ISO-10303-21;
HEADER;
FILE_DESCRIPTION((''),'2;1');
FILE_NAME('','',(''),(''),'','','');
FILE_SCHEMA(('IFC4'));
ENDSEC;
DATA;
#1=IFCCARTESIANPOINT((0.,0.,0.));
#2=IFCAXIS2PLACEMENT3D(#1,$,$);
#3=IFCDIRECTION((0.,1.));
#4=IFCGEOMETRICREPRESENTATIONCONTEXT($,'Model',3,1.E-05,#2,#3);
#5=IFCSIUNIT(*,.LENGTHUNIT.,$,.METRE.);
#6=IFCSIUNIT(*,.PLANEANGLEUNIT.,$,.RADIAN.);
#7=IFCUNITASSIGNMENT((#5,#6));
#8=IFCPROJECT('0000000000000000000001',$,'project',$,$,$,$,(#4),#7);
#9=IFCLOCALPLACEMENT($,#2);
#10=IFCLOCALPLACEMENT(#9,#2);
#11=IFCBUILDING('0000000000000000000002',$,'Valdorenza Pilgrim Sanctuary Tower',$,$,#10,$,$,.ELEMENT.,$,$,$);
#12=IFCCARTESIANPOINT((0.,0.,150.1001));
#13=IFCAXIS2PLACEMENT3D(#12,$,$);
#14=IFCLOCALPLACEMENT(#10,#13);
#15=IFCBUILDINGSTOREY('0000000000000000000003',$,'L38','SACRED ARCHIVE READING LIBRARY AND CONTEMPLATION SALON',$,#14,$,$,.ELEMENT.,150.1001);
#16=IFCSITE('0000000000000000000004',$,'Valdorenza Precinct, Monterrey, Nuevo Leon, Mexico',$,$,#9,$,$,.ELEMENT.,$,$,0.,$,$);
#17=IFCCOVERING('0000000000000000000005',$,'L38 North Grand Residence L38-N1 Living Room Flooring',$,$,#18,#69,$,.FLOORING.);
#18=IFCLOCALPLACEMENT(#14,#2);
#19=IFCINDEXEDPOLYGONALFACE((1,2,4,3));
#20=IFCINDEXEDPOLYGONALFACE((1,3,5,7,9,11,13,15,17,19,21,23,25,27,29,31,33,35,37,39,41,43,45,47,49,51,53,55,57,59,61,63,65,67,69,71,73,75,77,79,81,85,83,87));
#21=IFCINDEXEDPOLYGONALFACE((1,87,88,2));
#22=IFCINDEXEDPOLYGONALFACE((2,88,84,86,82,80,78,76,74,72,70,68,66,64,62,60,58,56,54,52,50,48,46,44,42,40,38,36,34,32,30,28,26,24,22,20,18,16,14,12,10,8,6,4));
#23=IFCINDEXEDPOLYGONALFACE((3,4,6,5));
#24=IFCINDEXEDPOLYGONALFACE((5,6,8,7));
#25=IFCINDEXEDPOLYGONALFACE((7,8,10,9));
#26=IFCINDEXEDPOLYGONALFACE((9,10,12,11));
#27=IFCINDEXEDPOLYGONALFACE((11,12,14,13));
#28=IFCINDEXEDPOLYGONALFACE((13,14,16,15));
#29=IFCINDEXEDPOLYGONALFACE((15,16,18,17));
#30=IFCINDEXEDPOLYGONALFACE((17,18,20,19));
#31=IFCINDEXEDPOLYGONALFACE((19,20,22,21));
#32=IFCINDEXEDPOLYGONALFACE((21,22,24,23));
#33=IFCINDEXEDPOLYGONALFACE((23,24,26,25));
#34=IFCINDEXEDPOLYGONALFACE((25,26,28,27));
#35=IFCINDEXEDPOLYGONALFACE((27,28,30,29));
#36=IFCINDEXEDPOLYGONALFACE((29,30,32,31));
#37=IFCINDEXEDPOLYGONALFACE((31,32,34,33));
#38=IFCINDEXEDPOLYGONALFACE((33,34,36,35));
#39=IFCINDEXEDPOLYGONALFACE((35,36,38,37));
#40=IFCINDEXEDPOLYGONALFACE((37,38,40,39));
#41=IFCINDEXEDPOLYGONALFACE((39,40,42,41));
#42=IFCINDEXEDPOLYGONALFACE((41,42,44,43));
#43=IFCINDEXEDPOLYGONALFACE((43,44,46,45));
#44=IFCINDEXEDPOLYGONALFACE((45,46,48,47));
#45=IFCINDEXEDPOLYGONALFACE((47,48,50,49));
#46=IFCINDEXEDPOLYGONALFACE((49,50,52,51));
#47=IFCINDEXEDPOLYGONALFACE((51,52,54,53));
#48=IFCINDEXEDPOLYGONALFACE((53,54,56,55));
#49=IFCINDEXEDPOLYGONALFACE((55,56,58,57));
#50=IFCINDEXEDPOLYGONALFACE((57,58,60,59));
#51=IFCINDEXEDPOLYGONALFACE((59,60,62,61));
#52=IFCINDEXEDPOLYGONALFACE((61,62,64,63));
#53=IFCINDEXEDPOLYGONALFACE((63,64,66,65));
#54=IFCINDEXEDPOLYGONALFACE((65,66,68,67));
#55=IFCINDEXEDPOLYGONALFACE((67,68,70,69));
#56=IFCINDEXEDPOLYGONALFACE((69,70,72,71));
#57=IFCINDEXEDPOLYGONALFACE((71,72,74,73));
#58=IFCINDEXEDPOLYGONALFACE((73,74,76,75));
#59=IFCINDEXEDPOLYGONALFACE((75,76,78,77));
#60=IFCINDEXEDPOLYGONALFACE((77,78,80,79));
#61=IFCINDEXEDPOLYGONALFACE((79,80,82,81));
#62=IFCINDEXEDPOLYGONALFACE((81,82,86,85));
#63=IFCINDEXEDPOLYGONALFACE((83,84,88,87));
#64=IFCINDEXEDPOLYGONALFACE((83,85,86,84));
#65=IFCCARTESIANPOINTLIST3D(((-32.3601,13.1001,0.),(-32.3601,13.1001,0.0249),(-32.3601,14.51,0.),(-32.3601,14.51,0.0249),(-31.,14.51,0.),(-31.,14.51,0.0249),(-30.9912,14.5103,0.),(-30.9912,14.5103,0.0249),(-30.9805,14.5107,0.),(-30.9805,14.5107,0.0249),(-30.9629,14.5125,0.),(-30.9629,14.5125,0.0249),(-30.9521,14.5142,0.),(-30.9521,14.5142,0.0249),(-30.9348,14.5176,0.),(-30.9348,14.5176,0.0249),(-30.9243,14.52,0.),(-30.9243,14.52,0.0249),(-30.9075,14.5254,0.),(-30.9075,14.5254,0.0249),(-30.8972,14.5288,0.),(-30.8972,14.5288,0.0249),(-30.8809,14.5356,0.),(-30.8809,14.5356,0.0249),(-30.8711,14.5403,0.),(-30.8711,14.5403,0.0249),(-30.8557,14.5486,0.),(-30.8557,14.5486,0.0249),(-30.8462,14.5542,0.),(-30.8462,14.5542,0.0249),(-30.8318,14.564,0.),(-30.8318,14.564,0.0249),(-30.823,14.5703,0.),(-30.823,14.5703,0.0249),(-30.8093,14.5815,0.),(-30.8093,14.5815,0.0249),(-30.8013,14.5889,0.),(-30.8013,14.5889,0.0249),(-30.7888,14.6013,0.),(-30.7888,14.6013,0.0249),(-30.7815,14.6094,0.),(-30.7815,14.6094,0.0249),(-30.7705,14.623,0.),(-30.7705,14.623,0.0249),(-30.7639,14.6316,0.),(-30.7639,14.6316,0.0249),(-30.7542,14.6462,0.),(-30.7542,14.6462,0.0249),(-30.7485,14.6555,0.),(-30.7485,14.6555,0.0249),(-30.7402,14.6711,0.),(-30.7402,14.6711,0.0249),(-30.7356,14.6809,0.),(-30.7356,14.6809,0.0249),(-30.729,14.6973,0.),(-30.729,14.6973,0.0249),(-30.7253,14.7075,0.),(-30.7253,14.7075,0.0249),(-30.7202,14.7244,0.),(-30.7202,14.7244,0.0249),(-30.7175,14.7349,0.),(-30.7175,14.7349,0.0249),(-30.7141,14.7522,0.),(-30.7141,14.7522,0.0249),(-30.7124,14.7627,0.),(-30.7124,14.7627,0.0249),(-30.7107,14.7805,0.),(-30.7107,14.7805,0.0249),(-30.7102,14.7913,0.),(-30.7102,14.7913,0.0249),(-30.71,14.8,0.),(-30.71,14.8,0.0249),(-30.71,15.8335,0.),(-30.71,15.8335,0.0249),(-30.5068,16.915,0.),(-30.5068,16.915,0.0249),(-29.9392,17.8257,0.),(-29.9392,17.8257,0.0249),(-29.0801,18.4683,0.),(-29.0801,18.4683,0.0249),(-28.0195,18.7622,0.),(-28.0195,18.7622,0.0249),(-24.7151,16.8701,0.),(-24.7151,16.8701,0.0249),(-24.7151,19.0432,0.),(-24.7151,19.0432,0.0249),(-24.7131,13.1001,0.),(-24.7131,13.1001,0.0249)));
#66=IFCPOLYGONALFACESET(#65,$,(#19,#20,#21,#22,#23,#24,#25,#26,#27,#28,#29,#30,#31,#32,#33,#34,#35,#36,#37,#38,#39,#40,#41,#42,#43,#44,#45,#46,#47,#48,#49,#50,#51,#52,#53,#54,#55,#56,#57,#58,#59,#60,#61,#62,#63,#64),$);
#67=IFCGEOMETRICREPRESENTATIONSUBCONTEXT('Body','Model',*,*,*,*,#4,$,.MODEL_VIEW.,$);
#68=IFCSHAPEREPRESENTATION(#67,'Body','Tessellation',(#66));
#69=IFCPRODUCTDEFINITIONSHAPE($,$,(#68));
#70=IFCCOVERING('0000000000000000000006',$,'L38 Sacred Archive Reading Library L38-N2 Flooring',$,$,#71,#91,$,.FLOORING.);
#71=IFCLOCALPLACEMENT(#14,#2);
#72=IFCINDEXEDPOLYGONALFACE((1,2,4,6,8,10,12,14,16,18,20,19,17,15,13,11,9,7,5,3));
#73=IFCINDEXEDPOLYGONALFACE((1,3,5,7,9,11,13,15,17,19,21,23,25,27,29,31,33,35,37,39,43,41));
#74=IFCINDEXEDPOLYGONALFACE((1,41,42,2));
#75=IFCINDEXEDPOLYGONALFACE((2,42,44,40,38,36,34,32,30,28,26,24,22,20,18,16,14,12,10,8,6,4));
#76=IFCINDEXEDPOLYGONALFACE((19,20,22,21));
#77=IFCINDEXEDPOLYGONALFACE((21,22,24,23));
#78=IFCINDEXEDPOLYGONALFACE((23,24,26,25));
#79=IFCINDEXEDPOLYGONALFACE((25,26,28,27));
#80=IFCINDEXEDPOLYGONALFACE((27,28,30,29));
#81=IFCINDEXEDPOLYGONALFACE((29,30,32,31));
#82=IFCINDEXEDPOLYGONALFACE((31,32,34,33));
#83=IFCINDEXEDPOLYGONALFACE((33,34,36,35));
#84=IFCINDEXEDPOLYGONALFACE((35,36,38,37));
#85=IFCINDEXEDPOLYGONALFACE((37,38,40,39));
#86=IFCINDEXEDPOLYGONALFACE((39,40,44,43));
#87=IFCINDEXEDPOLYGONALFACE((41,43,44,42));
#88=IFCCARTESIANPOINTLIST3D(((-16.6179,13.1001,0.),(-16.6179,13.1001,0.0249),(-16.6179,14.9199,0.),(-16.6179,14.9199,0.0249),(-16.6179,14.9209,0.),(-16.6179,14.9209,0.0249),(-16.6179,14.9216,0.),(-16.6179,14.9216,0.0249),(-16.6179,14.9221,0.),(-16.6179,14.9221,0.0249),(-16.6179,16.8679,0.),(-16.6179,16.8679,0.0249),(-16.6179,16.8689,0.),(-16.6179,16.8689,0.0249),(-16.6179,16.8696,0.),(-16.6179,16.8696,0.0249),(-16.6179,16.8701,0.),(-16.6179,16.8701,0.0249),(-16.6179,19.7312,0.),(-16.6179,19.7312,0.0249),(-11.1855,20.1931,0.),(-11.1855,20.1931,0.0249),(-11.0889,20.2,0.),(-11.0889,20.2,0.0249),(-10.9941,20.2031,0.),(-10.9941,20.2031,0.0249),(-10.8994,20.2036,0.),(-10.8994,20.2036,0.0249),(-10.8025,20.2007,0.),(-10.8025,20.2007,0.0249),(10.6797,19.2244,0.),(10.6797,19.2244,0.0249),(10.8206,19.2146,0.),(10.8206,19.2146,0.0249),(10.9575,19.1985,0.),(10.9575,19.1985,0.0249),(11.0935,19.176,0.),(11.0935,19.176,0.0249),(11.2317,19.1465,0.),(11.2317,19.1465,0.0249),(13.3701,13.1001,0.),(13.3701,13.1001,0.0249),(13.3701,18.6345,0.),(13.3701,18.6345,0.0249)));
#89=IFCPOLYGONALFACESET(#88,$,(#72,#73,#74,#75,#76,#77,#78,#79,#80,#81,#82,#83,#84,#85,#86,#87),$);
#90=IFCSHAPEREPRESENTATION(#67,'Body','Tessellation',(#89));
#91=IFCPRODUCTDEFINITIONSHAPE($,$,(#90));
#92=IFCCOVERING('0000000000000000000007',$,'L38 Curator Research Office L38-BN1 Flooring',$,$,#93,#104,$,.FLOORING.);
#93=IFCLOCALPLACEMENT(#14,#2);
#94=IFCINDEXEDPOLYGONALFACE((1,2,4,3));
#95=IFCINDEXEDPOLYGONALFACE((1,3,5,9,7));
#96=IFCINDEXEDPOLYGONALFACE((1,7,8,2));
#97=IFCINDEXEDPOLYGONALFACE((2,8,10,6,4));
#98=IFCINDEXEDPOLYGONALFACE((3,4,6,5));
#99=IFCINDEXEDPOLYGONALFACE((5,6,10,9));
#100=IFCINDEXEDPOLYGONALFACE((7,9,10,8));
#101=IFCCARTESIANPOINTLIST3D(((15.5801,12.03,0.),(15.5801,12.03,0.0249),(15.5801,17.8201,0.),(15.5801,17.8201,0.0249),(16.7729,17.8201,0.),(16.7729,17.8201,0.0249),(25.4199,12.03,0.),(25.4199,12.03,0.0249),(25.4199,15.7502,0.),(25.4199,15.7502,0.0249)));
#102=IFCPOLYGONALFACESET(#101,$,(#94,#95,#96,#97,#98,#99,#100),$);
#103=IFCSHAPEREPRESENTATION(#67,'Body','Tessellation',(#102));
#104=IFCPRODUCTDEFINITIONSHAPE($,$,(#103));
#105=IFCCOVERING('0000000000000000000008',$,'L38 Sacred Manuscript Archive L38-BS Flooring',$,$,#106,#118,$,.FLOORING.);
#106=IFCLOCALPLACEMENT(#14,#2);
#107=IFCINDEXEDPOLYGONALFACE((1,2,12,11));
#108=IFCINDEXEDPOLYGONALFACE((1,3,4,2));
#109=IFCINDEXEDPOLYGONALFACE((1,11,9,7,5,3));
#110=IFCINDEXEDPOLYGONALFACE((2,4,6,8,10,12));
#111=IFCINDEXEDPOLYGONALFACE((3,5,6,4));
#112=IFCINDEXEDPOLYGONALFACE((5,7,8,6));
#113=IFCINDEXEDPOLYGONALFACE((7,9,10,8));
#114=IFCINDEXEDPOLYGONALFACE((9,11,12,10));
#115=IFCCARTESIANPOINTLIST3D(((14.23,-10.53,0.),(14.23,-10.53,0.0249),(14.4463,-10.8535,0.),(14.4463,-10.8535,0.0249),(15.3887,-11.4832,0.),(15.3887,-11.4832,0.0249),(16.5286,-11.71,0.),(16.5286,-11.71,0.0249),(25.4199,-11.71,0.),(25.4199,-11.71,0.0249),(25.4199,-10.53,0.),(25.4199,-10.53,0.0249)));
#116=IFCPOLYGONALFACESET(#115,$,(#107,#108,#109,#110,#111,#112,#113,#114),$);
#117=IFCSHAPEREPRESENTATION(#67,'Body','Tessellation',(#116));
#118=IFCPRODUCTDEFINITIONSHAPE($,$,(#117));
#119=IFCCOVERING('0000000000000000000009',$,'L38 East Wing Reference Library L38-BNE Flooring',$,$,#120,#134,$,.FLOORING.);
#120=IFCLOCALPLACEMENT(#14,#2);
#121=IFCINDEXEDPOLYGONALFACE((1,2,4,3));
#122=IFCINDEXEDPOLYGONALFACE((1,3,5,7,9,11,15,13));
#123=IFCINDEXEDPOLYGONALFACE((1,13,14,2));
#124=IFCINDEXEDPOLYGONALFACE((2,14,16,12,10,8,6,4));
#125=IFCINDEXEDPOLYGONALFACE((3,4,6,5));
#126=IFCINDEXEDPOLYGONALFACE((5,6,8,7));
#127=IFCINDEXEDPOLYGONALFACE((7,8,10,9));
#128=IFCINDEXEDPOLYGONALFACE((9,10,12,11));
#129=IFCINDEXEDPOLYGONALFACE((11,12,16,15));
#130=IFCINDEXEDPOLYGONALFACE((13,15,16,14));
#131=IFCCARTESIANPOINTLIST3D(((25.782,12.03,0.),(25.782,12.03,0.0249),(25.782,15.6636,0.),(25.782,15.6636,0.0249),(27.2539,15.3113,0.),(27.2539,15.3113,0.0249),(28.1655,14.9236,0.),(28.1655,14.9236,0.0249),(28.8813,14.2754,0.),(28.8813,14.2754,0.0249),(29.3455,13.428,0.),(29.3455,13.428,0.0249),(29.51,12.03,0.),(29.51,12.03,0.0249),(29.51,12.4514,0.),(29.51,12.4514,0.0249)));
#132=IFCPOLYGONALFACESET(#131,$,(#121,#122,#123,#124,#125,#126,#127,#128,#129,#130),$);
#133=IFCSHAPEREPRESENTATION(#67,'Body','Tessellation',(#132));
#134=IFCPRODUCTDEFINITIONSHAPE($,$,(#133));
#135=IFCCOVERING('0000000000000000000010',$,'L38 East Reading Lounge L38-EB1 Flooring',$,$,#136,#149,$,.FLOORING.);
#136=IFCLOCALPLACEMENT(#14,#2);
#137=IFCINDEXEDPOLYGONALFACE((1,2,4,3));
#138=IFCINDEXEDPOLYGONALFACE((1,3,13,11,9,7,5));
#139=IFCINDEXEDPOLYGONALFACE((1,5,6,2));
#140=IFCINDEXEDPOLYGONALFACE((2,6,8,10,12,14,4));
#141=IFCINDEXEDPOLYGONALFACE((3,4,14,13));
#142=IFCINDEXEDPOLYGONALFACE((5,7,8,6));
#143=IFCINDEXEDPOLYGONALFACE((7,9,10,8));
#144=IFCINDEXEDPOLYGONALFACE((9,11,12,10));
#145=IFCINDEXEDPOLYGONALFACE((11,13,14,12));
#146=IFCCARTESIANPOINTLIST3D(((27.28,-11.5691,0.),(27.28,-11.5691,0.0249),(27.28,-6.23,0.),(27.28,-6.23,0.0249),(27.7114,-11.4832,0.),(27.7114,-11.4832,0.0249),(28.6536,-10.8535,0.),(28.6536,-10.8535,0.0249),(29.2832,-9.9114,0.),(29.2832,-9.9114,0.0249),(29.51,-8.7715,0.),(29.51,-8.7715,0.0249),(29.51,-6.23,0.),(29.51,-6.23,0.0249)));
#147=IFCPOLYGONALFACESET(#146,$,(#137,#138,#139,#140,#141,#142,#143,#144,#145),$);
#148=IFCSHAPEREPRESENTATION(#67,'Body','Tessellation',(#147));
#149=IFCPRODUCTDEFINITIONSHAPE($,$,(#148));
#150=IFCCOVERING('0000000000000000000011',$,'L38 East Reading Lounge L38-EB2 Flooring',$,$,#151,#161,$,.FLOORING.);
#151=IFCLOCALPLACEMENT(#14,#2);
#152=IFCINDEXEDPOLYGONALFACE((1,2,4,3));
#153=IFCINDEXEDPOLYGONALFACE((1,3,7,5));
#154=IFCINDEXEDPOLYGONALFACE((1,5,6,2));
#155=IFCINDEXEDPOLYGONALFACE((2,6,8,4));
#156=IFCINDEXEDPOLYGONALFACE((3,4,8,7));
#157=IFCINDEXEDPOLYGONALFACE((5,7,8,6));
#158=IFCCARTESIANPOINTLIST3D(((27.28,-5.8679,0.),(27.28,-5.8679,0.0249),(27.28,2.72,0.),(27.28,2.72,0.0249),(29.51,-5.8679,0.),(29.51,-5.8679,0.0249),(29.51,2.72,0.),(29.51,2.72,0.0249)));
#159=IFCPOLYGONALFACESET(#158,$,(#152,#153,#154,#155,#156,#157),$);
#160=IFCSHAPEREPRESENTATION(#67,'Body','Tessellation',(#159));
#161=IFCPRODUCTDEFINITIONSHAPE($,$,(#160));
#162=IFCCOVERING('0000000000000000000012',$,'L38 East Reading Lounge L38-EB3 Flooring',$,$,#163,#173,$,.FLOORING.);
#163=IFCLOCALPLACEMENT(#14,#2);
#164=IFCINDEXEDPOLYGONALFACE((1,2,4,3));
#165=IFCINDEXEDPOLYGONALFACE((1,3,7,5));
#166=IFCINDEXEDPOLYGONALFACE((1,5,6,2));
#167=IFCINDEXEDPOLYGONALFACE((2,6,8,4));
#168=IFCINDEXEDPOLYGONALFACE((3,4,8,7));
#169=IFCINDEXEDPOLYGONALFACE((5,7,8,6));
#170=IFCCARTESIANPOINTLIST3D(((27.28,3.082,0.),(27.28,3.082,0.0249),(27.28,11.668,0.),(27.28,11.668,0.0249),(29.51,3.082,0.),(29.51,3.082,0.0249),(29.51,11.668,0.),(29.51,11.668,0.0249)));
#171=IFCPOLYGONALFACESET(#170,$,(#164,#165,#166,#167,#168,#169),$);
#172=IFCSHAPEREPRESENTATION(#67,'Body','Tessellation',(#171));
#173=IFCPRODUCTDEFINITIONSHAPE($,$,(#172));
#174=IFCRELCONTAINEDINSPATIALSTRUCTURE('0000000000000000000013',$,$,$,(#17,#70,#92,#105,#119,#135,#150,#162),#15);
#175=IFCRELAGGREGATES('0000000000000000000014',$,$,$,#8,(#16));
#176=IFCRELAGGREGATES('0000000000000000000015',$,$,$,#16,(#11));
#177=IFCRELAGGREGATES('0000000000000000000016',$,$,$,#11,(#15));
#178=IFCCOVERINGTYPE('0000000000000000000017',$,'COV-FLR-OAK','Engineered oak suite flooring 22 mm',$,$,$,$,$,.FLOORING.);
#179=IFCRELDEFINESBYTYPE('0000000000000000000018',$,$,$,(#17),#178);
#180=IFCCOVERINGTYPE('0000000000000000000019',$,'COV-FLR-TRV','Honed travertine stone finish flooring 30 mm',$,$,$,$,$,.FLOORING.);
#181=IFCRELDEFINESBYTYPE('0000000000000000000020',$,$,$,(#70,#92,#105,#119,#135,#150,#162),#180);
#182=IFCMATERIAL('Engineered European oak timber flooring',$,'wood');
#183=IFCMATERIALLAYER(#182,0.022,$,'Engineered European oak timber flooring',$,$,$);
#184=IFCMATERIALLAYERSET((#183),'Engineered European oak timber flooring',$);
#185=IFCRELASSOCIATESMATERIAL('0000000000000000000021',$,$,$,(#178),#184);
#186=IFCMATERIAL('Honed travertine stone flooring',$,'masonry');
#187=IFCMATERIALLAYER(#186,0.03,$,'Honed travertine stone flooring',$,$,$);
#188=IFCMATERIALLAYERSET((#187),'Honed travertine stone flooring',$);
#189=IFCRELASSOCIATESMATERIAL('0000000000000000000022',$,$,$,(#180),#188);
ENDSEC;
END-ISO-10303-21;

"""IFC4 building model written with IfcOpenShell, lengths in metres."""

from ifc_helpers import new_model, si_unit, direction, frame, origin, place, context, subcontext, project, spatial, polyline, outline, extrude, material, layer, layer_set, type_object, element, save


model = new_model("IFC4")

# Units and contexts
model_context = context("Model", 3, precision=1e-05, world=origin(), true_north=direction((0.0, 1.0)))
body_context = subcontext(model_context, "Body", "Model", "MODEL_VIEW")
ifc_project = project(units=[si_unit("LENGTHUNIT", "METRE"), si_unit("PLANEANGLEUNIT", "RADIAN")], contexts=[model_context])

# Site, building, storey
site_placement = place(None, origin())
site = spatial("IfcSite", under=ifc_project, at=site_placement, Name="Valdorenza Precinct, Monterrey, Nuevo Leon, Mexico", CompositionType="ELEMENT", RefElevation=0.0)
building_placement = place(site_placement, origin())
building = spatial("IfcBuilding", under=site, at=building_placement, Name="Valdorenza Pilgrim Sanctuary Tower", CompositionType="ELEMENT")
storey_placement = place(building_placement, frame((0.0, 0.0, 150.1001)))
storey = spatial("IfcBuildingStorey", under=building, at=storey_placement, Name="L38", Description="SACRED ARCHIVE READING LIBRARY AND CONTEMPLATION SALON", CompositionType="ELEMENT", Elevation=150.1001)

# Coverings
ifc_material_1 = material(Name="Engineered European oak timber flooring", Category="wood")
ifc_layer_1 = layer(ifc_material_1, 0.022, Name="Engineered European oak timber flooring")
ifc_layer_set_1 = layer_set([ifc_layer_1], Name="Engineered European oak timber flooring")
covering_type_1 = type_object("IfcCoveringType", Name="COV-FLR-OAK", Description="Engineered oak suite flooring 22 mm", PredefinedType="FLOORING", material=ifc_layer_set_1)
covering_1_placement = place(storey_placement, origin())
element("IfcCovering", 1, at=covering_1_placement, inside=storey, type_object=covering_type_1, Name="L38 North Grand Residence L38-N1 Living Room Flooring", PredefinedType="FLOORING", context=body_context, shape_type="SweptSolid", body=[
    extrude(outline(polyline([(-32.3601, 13.1001), (-32.3601, 14.51), (-31.0, 14.51), (-30.9912, 14.5103), (-30.9805, 14.5107), (-30.9629, 14.5125), (-30.9521, 14.5142), (-30.9348, 14.5176), (-30.9243, 14.52), (-30.9075, 14.5254), (-30.8972, 14.5288), (-30.8809, 14.5356), (-30.8711, 14.5403), (-30.8557, 14.5486), (-30.8462, 14.5542), (-30.8318, 14.564), (-30.823, 14.5703), (-30.8093, 14.5815), (-30.8013, 14.5889), (-30.7888, 14.6013), (-30.7815, 14.6094), (-30.7705, 14.623), (-30.7639, 14.6316), (-30.7542, 14.6462), (-30.7485, 14.6555), (-30.7402, 14.6711), (-30.7356, 14.6809), (-30.729, 14.6973), (-30.7253, 14.7075), (-30.7202, 14.7244), (-30.7175, 14.7349), (-30.7141, 14.7522), (-30.7124, 14.7627), (-30.7107, 14.7805), (-30.7102, 14.7913), (-30.71, 14.8), (-30.71, 15.8335), (-30.5068, 16.915), (-29.9392, 17.8257), (-29.0801, 18.4683), (-28.0195, 18.7622), (-24.7151, 19.0432), (-24.7151, 16.8701), (-24.7131, 13.1001), (-32.3601, 13.1001)])), origin(), (0.0, 0.0, 1.0), 0.0249),
])
ifc_material_2 = material(Name="Honed travertine stone flooring", Category="masonry")
ifc_layer_2 = layer(ifc_material_2, 0.03, Name="Honed travertine stone flooring")
ifc_layer_set_2 = layer_set([ifc_layer_2], Name="Honed travertine stone flooring")
covering_type_2 = type_object("IfcCoveringType", Name="COV-FLR-TRV", Description="Honed travertine stone finish flooring 30 mm", PredefinedType="FLOORING", material=ifc_layer_set_2)
covering_2_placement = place(storey_placement, origin())
element("IfcCovering", 2, at=covering_2_placement, inside=storey, type_object=covering_type_2, Name="L38 Sacred Archive Reading Library L38-N2 Flooring", PredefinedType="FLOORING", context=body_context, shape_type="SweptSolid", body=[
    extrude(outline(polyline([(-16.6179, 14.9216), (-16.6179, 14.9221), (-16.6179, 16.8679), (-16.6179, 16.8689), (-16.6179, 16.8696), (-16.6179, 16.8701), (-16.6179, 19.7312), (-11.1855, 20.1931), (-11.0889, 20.2), (-10.9941, 20.2031), (-10.8994, 20.2036), (-10.8025, 20.2007), (10.6797, 19.2244), (10.8206, 19.2146), (10.9575, 19.1985), (11.0935, 19.176), (11.2317, 19.1465), (13.3701, 18.6345), (13.3701, 13.1001), (-16.6179, 13.1001), (-16.6179, 14.9199), (-16.6179, 14.9209), (-16.6179, 14.9216)])), origin(), (0.0, 0.0, 1.0), 0.0249),
])
covering_3_placement = place(storey_placement, origin())
element("IfcCovering", 3, at=covering_3_placement, inside=storey, type_object=covering_type_2, Name="L38 Curator Research Office L38-BN1 Flooring", PredefinedType="FLOORING", context=body_context, shape_type="SweptSolid", body=[
    extrude(outline(polyline([(15.5801, 12.03), (15.5801, 17.8201), (16.7729, 17.8201), (25.4199, 15.7502), (25.4199, 12.03), (15.5801, 12.03)])), origin(), (0.0, 0.0, 1.0), 0.0249),
])
covering_4_placement = place(storey_placement, origin())
element("IfcCovering", 4, at=covering_4_placement, inside=storey, type_object=covering_type_2, Name="L38 Sacred Manuscript Archive L38-BS Flooring", PredefinedType="FLOORING", context=body_context, shape_type="SweptSolid", body=[
    extrude(outline(polyline([(25.4199, -11.71), (16.5286, -11.71), (15.3887, -11.4832), (14.4463, -10.8535), (14.23, -10.53), (25.4199, -10.53), (25.4199, -11.71)])), origin(), (0.0, 0.0, 1.0), 0.0249),
])
covering_5_placement = place(storey_placement, origin())
element("IfcCovering", 5, at=covering_5_placement, inside=storey, type_object=covering_type_2, Name="L38 East Wing Reference Library L38-BNE Flooring", PredefinedType="FLOORING", context=body_context, shape_type="SweptSolid", body=[
    extrude(outline(polyline([(27.2539, 15.3113), (28.1655, 14.9236), (28.8813, 14.2754), (29.3455, 13.428), (29.51, 12.4514), (29.51, 12.03), (25.782, 12.03), (25.782, 15.6636), (27.2539, 15.3113)])), origin(), (0.0, 0.0, 1.0), 0.0249),
])
covering_6_placement = place(storey_placement, origin())
element("IfcCovering", 6, at=covering_6_placement, inside=storey, type_object=covering_type_2, Name="L38 East Reading Lounge L38-EB1 Flooring", PredefinedType="FLOORING", context=body_context, shape_type="SweptSolid", body=[
    extrude(outline(polyline([(29.51, -6.23), (29.51, -8.7715), (29.2832, -9.9114), (28.6536, -10.8535), (27.7114, -11.4832), (27.28, -11.5691), (27.28, -6.23), (29.51, -6.23)])), origin(), (0.0, 0.0, 1.0), 0.0249),
])
covering_7_placement = place(storey_placement, origin())
element("IfcCovering", 7, at=covering_7_placement, inside=storey, type_object=covering_type_2, Name="L38 East Reading Lounge L38-EB2 Flooring", PredefinedType="FLOORING", context=body_context, shape_type="SweptSolid", body=[
    extrude(outline(polyline([(27.28, 2.72), (29.51, 2.72), (29.51, -5.8679), (27.28, -5.8679), (27.28, 2.72)])), origin(), (0.0, 0.0, 1.0), 0.0249),
])
covering_8_placement = place(storey_placement, origin())
element("IfcCovering", 8, at=covering_8_placement, inside=storey, type_object=covering_type_2, Name="L38 East Reading Lounge L38-EB3 Flooring", PredefinedType="FLOORING", context=body_context, shape_type="SweptSolid", body=[
    extrude(outline(polyline([(27.28, 11.668), (29.51, 11.668), (29.51, 3.082), (27.28, 3.082), (27.28, 11.668)])), origin(), (0.0, 0.0, 1.0), 0.0249),
])

save(model, "model.ifc")
